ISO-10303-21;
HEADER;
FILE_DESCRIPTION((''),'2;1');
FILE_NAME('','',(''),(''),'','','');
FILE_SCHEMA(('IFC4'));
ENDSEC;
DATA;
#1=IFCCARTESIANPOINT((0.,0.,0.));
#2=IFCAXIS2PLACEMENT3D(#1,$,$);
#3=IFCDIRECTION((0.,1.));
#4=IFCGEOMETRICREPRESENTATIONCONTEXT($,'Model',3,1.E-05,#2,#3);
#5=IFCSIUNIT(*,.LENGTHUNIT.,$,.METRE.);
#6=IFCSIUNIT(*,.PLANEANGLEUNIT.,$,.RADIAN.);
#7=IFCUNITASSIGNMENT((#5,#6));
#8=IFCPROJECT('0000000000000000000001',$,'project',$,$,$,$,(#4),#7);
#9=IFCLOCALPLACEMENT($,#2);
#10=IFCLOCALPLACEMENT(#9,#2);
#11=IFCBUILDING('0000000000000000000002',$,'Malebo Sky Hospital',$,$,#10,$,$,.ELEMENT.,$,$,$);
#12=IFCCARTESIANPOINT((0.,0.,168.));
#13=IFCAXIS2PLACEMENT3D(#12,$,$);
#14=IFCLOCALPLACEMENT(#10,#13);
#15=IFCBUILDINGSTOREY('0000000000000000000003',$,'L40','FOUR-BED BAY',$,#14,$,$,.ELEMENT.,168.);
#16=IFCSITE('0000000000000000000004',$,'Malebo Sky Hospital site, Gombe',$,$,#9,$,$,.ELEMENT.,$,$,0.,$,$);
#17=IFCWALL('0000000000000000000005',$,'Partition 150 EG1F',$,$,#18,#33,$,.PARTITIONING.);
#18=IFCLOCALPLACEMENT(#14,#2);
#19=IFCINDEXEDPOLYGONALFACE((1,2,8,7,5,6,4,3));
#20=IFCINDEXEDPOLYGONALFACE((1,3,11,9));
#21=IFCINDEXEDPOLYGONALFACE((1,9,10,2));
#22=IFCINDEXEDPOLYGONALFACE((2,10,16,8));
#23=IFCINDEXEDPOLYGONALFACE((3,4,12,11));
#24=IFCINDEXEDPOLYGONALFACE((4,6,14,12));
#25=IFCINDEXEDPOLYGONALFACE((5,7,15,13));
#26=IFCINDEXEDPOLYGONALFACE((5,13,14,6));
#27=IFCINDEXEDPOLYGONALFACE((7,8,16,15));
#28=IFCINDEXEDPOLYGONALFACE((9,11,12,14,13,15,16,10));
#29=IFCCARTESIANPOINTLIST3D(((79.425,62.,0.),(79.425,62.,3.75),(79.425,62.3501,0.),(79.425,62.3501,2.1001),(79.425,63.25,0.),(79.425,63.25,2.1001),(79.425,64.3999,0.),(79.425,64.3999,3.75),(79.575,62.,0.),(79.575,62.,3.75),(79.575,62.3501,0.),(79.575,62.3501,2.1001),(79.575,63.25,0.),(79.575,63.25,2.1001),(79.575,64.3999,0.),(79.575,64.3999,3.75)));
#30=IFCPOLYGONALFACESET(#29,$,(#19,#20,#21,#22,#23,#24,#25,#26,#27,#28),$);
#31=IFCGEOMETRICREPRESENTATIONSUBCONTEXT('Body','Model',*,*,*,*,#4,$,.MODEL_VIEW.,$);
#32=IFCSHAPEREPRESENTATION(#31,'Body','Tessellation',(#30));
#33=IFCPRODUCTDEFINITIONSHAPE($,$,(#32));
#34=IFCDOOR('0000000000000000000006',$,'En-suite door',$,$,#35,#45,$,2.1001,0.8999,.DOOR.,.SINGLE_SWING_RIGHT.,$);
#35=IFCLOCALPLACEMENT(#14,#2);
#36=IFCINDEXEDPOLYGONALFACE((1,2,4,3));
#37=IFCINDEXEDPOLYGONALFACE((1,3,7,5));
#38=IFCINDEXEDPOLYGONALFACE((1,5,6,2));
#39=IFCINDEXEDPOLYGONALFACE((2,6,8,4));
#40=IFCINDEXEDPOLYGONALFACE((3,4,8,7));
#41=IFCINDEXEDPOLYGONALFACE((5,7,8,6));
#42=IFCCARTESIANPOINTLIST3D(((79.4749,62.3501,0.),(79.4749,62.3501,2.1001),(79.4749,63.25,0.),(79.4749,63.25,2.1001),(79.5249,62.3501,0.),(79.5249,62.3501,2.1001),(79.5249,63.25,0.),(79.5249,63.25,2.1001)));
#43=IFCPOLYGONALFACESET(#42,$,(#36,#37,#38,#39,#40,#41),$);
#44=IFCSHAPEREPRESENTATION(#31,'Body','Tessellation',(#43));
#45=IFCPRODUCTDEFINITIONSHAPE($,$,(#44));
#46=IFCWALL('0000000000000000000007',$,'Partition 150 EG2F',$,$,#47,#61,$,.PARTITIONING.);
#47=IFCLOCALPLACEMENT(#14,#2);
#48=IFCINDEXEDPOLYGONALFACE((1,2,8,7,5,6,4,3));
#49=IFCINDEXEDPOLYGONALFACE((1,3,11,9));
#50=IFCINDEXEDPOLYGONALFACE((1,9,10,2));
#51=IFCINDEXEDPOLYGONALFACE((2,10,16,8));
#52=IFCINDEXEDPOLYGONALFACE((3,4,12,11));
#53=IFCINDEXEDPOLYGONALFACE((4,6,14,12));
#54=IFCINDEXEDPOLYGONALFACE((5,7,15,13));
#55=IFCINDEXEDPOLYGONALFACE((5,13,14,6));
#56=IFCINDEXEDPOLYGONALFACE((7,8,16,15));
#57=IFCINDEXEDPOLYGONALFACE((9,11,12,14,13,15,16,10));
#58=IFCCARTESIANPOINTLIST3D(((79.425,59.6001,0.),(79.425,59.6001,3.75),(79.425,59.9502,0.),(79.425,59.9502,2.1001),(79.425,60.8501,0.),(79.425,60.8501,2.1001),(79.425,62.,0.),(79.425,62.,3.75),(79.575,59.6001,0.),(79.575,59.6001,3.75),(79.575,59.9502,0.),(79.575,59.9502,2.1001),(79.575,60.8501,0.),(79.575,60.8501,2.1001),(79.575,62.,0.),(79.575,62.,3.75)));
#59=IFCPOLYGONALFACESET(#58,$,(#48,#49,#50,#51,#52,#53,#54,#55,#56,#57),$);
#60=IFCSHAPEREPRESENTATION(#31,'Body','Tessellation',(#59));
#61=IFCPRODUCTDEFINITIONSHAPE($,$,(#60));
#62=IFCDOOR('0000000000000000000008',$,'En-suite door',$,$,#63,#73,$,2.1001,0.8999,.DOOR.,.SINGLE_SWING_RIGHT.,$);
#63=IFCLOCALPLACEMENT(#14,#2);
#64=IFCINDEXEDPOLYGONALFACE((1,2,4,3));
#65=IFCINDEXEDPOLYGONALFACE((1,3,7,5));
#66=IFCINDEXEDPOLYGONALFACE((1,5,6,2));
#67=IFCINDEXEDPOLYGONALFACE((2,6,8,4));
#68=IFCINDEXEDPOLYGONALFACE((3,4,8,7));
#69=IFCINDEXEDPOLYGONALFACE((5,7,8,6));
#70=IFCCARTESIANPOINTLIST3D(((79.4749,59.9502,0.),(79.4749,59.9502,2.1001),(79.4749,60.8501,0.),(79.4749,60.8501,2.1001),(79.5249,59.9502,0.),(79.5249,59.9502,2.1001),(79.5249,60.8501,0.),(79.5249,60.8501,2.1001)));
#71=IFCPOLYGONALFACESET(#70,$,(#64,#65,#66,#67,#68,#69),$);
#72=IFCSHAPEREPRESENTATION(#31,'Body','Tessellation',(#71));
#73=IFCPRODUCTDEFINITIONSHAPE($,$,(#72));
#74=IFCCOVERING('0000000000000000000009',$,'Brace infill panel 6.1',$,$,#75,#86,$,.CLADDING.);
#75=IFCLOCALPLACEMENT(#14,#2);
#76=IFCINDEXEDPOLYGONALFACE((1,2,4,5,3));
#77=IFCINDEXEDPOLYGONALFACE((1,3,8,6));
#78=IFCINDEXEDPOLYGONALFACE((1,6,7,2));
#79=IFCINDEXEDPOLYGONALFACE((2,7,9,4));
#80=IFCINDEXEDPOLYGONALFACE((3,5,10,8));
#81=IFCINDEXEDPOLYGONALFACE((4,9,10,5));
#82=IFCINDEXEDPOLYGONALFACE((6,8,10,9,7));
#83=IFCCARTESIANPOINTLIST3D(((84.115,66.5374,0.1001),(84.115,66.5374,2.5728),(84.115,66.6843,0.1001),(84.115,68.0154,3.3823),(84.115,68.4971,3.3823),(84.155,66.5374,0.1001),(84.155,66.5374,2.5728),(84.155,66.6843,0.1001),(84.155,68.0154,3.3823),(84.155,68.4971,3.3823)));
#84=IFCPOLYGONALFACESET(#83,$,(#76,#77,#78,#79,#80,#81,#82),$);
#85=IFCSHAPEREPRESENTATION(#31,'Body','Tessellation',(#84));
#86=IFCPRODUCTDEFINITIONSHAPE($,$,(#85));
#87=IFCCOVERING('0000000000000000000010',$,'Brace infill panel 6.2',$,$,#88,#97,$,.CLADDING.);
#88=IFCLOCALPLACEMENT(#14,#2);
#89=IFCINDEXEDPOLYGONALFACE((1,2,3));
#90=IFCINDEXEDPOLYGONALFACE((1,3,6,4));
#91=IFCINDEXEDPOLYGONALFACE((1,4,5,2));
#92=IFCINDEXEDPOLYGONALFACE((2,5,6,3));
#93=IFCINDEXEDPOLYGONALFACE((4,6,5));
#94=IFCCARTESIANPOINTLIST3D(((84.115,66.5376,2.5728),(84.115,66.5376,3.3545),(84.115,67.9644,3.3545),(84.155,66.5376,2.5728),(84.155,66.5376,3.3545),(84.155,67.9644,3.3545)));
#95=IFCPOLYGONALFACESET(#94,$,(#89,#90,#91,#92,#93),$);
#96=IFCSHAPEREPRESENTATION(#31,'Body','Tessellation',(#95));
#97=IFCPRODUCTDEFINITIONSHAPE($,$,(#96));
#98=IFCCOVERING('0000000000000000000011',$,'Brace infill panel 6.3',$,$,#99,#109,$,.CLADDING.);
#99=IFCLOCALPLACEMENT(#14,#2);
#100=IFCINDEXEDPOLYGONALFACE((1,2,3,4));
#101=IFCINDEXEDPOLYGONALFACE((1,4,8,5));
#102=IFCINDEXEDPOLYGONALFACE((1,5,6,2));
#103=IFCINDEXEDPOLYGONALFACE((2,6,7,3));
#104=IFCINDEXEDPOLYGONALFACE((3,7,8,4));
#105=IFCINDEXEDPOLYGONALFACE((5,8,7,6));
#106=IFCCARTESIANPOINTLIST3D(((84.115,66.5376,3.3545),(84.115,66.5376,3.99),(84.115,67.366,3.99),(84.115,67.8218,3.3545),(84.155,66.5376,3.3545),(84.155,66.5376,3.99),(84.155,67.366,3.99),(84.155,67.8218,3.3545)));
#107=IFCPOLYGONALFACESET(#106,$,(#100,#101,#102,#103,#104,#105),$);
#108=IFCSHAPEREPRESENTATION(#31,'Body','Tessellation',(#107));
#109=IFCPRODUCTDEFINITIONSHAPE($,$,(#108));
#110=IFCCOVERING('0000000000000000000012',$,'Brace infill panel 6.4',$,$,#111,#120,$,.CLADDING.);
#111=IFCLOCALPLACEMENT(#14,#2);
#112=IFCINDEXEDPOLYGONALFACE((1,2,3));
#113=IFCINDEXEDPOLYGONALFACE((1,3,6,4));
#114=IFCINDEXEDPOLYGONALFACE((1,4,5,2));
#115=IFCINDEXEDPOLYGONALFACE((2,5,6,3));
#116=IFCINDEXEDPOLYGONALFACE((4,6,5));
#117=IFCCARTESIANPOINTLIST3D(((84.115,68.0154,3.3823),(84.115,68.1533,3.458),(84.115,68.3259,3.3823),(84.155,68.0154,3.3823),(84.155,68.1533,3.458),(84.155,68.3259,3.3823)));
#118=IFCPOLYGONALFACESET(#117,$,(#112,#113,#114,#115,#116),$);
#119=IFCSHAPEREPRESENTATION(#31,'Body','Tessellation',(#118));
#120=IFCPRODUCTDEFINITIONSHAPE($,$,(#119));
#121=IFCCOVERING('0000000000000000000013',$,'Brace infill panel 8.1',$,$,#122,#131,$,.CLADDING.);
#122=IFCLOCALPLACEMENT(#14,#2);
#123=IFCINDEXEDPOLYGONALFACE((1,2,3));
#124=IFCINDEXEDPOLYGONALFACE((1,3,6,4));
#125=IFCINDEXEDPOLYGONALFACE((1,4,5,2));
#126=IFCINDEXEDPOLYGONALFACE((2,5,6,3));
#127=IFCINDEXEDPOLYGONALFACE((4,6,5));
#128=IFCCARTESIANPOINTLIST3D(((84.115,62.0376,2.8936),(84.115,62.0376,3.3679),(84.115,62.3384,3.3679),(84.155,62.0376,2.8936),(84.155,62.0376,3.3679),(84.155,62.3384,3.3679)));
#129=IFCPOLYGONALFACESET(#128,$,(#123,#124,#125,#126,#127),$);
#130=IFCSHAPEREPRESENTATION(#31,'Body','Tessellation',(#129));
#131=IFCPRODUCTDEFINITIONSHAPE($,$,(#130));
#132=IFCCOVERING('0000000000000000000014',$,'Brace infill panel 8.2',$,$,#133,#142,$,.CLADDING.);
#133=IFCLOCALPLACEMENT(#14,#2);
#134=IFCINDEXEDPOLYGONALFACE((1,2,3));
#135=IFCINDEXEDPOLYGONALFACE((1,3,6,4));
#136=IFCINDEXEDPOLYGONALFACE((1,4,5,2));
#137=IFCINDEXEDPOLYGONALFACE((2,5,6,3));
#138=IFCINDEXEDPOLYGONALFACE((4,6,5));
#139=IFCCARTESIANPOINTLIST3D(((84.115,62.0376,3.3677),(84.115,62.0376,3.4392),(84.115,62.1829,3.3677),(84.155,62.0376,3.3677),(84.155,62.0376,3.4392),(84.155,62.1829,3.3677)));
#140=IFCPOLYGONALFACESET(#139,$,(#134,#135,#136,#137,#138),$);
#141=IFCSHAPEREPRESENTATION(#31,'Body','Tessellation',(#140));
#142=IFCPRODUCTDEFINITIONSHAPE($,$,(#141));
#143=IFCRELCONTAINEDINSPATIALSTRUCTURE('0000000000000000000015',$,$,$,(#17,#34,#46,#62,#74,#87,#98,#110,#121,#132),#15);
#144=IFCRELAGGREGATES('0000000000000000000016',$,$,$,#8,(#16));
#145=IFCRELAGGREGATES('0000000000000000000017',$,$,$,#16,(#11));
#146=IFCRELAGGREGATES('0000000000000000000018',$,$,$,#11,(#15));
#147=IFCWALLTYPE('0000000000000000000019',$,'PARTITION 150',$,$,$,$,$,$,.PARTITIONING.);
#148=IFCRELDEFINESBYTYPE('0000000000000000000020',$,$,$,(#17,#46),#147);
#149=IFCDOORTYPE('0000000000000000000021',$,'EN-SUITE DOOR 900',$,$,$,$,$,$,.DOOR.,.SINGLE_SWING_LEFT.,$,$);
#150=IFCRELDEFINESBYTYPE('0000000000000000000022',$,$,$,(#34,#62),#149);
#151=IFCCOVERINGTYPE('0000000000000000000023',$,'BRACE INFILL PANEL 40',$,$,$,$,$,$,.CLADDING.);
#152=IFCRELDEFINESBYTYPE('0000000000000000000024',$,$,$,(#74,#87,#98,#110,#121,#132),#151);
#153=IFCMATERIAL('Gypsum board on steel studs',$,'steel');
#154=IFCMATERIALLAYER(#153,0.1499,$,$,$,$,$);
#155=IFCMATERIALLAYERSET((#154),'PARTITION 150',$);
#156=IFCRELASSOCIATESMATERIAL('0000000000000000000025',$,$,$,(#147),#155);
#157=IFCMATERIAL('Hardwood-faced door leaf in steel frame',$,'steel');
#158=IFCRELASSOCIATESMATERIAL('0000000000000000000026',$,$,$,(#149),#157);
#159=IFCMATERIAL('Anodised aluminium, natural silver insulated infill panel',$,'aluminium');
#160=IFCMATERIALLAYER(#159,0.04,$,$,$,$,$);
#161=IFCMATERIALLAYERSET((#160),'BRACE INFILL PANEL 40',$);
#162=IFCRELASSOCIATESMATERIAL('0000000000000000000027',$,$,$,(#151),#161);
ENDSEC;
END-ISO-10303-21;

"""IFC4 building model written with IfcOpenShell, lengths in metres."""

from ifc_helpers import new_model, si_unit, direction, frame, frame_2d, origin, place, context, subcontext, project, spatial, polyline, rectangle, outline, extrude, material, layer, layer_set, type_object, element, fill, save


model = new_model("IFC4")

# Units and contexts
model_context = context("Model", 3, precision=1e-05, world=origin(), true_north=direction((0.0, 1.0)))
body_context = subcontext(model_context, "Body", "Model", "MODEL_VIEW")
ifc_project = project(units=[si_unit("LENGTHUNIT", "METRE"), si_unit("PLANEANGLEUNIT", "RADIAN")], contexts=[model_context])

# Site, building, storey
site_placement = place(None, origin())
site = spatial("IfcSite", under=ifc_project, at=site_placement, Name="Malebo Sky Hospital site, Gombe", CompositionType="ELEMENT", RefElevation=0.0)
building_placement = place(site_placement, origin())
building = spatial("IfcBuilding", under=site, at=building_placement, Name="Malebo Sky Hospital", CompositionType="ELEMENT")
storey_placement = place(building_placement, frame((0.0, 0.0, 168.0)))
storey = spatial("IfcBuildingStorey", under=building, at=storey_placement, Name="L40", Description="FOUR-BED BAY", CompositionType="ELEMENT", Elevation=168.0)

# Walls, openings, doors
ifc_material_1 = material(Name="Gypsum board on steel studs", Category="steel")
ifc_layer_1 = layer(ifc_material_1, 0.1499)
ifc_layer_set_1 = layer_set([ifc_layer_1], Name="PARTITION 150")
wall_type = type_object("IfcWallType", Name="PARTITION 150", PredefinedType="PARTITIONING", material=ifc_layer_set_1)
wall_1_placement = place(storey_placement, frame((79.5, 64.3999, 0.0), z_axis=(0.0, 0.0, 1.0), x_axis=(0.0, -1.0, 0.0)))
wall_1 = element("IfcWall", 1, at=wall_1_placement, inside=storey, type_object=wall_type, Name="Partition 150 EG1F", PredefinedType="PARTITIONING", context=body_context, shape_type="SweptSolid", body=[
    extrude(rectangle(XDim=2.3999, YDim=0.1499, at=frame_2d((1.2, 0.0))), origin(), (0.0, 0.0, 1.0), 3.75),
])
opening_1_placement = place(wall_1_placement, frame((1.1499, 0.0, 0.0)))
opening_1 = element("IfcOpeningElement", 2, at=opening_1_placement, cuts=wall_1, PredefinedType="OPENING", context=body_context, shape_type="SweptSolid", body=[
    extrude(rectangle(XDim=0.8999, YDim=2.1001, at=frame_2d((0.45, 1.05))), frame((0.0, 0.085, 0.0), z_axis=(0.0, -1.0, 0.0), x_axis=(1.0, 0.0, 0.0)), (0.0, 0.0, 1.0), 0.1699),
])
ifc_material_2 = material(Name="Hardwood-faced door leaf in steel frame", Category="steel")
door_type = type_object("IfcDoorType", Name="EN-SUITE DOOR 900", OperationType="SINGLE_SWING_LEFT", PredefinedType="DOOR", material=ifc_material_2)
door_1_placement = place(opening_1_placement, origin())
door_1 = element("IfcDoor", 3, at=door_1_placement, inside=storey, type_object=door_type, Name="En-suite door", OperationType="SINGLE_SWING_RIGHT", OverallHeight=2.1001, OverallWidth=0.8999, PredefinedType="DOOR", context=body_context, shape_type="SweptSolid", body=[
    extrude(rectangle(XDim=0.8999, YDim=2.1001, at=frame_2d((0.45, 1.05))), frame((0.0, 0.0249, 0.0), z_axis=(0.0, -1.0, 0.0), x_axis=(1.0, 0.0, 0.0)), (0.0, 0.0, 1.0), 0.05),
])
fill(opening_1, door_1)
wall_2_placement = place(storey_placement, frame((79.5, 62.0, 0.0), z_axis=(0.0, 0.0, 1.0), x_axis=(0.0, -1.0, 0.0)))
wall_2 = element("IfcWall", 4, at=wall_2_placement, inside=storey, type_object=wall_type, Name="Partition 150 EG2F", PredefinedType="PARTITIONING", context=body_context, shape_type="SweptSolid", body=[
    extrude(rectangle(XDim=2.3999, YDim=0.1499, at=frame_2d((1.2, 0.0))), origin(), (0.0, 0.0, 1.0), 3.75),
])
opening_2_placement = place(wall_2_placement, frame((1.1499, 0.0, 0.0)))
opening_2 = element("IfcOpeningElement", 5, at=opening_2_placement, cuts=wall_2, PredefinedType="OPENING", context=body_context, shape_type="SweptSolid", body=[
    extrude(rectangle(XDim=0.8999, YDim=2.1001, at=frame_2d((0.45, 1.05))), frame((0.0, 0.085, 0.0), z_axis=(0.0, -1.0, 0.0), x_axis=(1.0, 0.0, 0.0)), (0.0, 0.0, 1.0), 0.1699),
])
door_2_placement = place(opening_2_placement, origin())
door_2 = element("IfcDoor", 6, at=door_2_placement, inside=storey, type_object=door_type, Name="En-suite door", OperationType="SINGLE_SWING_RIGHT", OverallHeight=2.1001, OverallWidth=0.8999, PredefinedType="DOOR", context=body_context, shape_type="SweptSolid", body=[
    extrude(rectangle(XDim=0.8999, YDim=2.1001, at=frame_2d((0.45, 1.05))), frame((0.0, 0.0249, 0.0), z_axis=(0.0, -1.0, 0.0), x_axis=(1.0, 0.0, 0.0)), (0.0, 0.0, 1.0), 0.05),
])
fill(opening_2, door_2)

# Coverings
ifc_material_3 = material(Name="Anodised aluminium, natural silver insulated infill panel", Category="aluminium")
ifc_layer_2 = layer(ifc_material_3, 0.04)
ifc_layer_set_2 = layer_set([ifc_layer_2], Name="BRACE INFILL PANEL 40")
covering_type = type_object("IfcCoveringType", Name="BRACE INFILL PANEL 40", PredefinedType="CLADDING", material=ifc_layer_set_2)
covering_1_placement = place(storey_placement, frame((84.135, 67.5173, 0.1001), z_axis=(0.0, 0.0, 1.0), x_axis=(0.0, -1.0, 0.0)))
element("IfcCovering", 7, at=covering_1_placement, inside=storey, type_object=covering_type, Name="Brace infill panel 6.1", PredefinedType="CLADDING", context=body_context, shape_type="SweptSolid", body=[
    extrude(outline(polyline([(0.833, 0.0), (0.98, 0.0), (0.98, 2.4727), (-0.498, 3.2822), (-0.9797, 3.2822), (0.833, 0.0)])), frame((0.0, 0.02, 0.0), z_axis=(0.0, -1.0, 0.0), x_axis=(1.0, 0.0, 0.0)), (0.0, 0.0, 1.0), 0.04),
])
covering_2_placement = place(storey_placement, frame((84.135, 67.251, 2.5728), z_axis=(0.0, 0.0, 1.0), x_axis=(0.0, -1.0, 0.0)))
element("IfcCovering", 8, at=covering_2_placement, inside=storey, type_object=covering_type, Name="Brace infill panel 6.2", PredefinedType="CLADDING", context=body_context, shape_type="SweptSolid", body=[
    extrude(outline(polyline([(0.7134, 0.0), (0.7134, 0.7817), (-0.7134, 0.7817), (0.7134, 0.0)])), frame((0.0, 0.02, 0.0), z_axis=(0.0, -1.0, 0.0), x_axis=(1.0, 0.0, 0.0)), (0.0, 0.0, 1.0), 0.04),
])
covering_3_placement = place(storey_placement, frame((84.135, 67.1797, 3.3545), z_axis=(0.0, 0.0, 1.0), x_axis=(0.0, -1.0, 0.0)))
element("IfcCovering", 9, at=covering_3_placement, inside=storey, type_object=covering_type, Name="Brace infill panel 6.3", PredefinedType="CLADDING", context=body_context, shape_type="SweptSolid", body=[
    extrude(outline(polyline([(-0.6421, 0.0), (0.6421, 0.0), (0.6421, 0.6355), (-0.1863, 0.6355), (-0.6421, 0.0)])), frame((0.0, 0.02, 0.0), z_axis=(0.0, -1.0, 0.0), x_axis=(1.0, 0.0, 0.0)), (0.0, 0.0, 1.0), 0.04),
])
covering_4_placement = place(storey_placement, frame((84.135, 68.1707, 3.3823), z_axis=(0.0, 0.0, 1.0), x_axis=(0.0, -1.0, 0.0)))
element("IfcCovering", 10, at=covering_4_placement, inside=storey, type_object=covering_type, Name="Brace infill panel 6.4", PredefinedType="CLADDING", context=body_context, shape_type="SweptSolid", body=[
    extrude(outline(polyline([(-0.1553, 0.0), (0.1553, 0.0), (0.0173, 0.0757), (-0.1553, 0.0)])), frame((0.0, 0.02, 0.0), z_axis=(0.0, -1.0, 0.0), x_axis=(1.0, 0.0, 0.0)), (0.0, 0.0, 1.0), 0.04),
])
covering_5_placement = place(storey_placement, frame((84.135, 62.188, 2.8936), z_axis=(0.0, 0.0, 1.0), x_axis=(0.0, -1.0, 0.0)))
element("IfcCovering", 11, at=covering_5_placement, inside=storey, type_object=covering_type, Name="Brace infill panel 8.1", PredefinedType="CLADDING", context=body_context, shape_type="SweptSolid", body=[
    extrude(outline(polyline([(0.1504, 0.0), (0.1504, 0.4744), (-0.1504, 0.4744), (0.1504, 0.0)])), frame((0.0, 0.02, 0.0), z_axis=(0.0, -1.0, 0.0), x_axis=(1.0, 0.0, 0.0)), (0.0, 0.0, 1.0), 0.04),
])
covering_6_placement = place(storey_placement, frame((84.135, 62.1101, 3.3677), z_axis=(0.0, 0.0, 1.0), x_axis=(0.0, -1.0, 0.0)))
element("IfcCovering", 12, at=covering_6_placement, inside=storey, type_object=covering_type, Name="Brace infill panel 8.2", PredefinedType="CLADDING", context=body_context, shape_type="SweptSolid", body=[
    extrude(outline(polyline([(-0.0728, 0.0), (0.0725, 0.0), (0.0725, 0.0715), (-0.0728, 0.0)])), frame((0.0, 0.02, 0.0), z_axis=(0.0, -1.0, 0.0), x_axis=(1.0, 0.0, 0.0)), (0.0, 0.0, 1.0), 0.04),
])

save(model, "model.ifc")
